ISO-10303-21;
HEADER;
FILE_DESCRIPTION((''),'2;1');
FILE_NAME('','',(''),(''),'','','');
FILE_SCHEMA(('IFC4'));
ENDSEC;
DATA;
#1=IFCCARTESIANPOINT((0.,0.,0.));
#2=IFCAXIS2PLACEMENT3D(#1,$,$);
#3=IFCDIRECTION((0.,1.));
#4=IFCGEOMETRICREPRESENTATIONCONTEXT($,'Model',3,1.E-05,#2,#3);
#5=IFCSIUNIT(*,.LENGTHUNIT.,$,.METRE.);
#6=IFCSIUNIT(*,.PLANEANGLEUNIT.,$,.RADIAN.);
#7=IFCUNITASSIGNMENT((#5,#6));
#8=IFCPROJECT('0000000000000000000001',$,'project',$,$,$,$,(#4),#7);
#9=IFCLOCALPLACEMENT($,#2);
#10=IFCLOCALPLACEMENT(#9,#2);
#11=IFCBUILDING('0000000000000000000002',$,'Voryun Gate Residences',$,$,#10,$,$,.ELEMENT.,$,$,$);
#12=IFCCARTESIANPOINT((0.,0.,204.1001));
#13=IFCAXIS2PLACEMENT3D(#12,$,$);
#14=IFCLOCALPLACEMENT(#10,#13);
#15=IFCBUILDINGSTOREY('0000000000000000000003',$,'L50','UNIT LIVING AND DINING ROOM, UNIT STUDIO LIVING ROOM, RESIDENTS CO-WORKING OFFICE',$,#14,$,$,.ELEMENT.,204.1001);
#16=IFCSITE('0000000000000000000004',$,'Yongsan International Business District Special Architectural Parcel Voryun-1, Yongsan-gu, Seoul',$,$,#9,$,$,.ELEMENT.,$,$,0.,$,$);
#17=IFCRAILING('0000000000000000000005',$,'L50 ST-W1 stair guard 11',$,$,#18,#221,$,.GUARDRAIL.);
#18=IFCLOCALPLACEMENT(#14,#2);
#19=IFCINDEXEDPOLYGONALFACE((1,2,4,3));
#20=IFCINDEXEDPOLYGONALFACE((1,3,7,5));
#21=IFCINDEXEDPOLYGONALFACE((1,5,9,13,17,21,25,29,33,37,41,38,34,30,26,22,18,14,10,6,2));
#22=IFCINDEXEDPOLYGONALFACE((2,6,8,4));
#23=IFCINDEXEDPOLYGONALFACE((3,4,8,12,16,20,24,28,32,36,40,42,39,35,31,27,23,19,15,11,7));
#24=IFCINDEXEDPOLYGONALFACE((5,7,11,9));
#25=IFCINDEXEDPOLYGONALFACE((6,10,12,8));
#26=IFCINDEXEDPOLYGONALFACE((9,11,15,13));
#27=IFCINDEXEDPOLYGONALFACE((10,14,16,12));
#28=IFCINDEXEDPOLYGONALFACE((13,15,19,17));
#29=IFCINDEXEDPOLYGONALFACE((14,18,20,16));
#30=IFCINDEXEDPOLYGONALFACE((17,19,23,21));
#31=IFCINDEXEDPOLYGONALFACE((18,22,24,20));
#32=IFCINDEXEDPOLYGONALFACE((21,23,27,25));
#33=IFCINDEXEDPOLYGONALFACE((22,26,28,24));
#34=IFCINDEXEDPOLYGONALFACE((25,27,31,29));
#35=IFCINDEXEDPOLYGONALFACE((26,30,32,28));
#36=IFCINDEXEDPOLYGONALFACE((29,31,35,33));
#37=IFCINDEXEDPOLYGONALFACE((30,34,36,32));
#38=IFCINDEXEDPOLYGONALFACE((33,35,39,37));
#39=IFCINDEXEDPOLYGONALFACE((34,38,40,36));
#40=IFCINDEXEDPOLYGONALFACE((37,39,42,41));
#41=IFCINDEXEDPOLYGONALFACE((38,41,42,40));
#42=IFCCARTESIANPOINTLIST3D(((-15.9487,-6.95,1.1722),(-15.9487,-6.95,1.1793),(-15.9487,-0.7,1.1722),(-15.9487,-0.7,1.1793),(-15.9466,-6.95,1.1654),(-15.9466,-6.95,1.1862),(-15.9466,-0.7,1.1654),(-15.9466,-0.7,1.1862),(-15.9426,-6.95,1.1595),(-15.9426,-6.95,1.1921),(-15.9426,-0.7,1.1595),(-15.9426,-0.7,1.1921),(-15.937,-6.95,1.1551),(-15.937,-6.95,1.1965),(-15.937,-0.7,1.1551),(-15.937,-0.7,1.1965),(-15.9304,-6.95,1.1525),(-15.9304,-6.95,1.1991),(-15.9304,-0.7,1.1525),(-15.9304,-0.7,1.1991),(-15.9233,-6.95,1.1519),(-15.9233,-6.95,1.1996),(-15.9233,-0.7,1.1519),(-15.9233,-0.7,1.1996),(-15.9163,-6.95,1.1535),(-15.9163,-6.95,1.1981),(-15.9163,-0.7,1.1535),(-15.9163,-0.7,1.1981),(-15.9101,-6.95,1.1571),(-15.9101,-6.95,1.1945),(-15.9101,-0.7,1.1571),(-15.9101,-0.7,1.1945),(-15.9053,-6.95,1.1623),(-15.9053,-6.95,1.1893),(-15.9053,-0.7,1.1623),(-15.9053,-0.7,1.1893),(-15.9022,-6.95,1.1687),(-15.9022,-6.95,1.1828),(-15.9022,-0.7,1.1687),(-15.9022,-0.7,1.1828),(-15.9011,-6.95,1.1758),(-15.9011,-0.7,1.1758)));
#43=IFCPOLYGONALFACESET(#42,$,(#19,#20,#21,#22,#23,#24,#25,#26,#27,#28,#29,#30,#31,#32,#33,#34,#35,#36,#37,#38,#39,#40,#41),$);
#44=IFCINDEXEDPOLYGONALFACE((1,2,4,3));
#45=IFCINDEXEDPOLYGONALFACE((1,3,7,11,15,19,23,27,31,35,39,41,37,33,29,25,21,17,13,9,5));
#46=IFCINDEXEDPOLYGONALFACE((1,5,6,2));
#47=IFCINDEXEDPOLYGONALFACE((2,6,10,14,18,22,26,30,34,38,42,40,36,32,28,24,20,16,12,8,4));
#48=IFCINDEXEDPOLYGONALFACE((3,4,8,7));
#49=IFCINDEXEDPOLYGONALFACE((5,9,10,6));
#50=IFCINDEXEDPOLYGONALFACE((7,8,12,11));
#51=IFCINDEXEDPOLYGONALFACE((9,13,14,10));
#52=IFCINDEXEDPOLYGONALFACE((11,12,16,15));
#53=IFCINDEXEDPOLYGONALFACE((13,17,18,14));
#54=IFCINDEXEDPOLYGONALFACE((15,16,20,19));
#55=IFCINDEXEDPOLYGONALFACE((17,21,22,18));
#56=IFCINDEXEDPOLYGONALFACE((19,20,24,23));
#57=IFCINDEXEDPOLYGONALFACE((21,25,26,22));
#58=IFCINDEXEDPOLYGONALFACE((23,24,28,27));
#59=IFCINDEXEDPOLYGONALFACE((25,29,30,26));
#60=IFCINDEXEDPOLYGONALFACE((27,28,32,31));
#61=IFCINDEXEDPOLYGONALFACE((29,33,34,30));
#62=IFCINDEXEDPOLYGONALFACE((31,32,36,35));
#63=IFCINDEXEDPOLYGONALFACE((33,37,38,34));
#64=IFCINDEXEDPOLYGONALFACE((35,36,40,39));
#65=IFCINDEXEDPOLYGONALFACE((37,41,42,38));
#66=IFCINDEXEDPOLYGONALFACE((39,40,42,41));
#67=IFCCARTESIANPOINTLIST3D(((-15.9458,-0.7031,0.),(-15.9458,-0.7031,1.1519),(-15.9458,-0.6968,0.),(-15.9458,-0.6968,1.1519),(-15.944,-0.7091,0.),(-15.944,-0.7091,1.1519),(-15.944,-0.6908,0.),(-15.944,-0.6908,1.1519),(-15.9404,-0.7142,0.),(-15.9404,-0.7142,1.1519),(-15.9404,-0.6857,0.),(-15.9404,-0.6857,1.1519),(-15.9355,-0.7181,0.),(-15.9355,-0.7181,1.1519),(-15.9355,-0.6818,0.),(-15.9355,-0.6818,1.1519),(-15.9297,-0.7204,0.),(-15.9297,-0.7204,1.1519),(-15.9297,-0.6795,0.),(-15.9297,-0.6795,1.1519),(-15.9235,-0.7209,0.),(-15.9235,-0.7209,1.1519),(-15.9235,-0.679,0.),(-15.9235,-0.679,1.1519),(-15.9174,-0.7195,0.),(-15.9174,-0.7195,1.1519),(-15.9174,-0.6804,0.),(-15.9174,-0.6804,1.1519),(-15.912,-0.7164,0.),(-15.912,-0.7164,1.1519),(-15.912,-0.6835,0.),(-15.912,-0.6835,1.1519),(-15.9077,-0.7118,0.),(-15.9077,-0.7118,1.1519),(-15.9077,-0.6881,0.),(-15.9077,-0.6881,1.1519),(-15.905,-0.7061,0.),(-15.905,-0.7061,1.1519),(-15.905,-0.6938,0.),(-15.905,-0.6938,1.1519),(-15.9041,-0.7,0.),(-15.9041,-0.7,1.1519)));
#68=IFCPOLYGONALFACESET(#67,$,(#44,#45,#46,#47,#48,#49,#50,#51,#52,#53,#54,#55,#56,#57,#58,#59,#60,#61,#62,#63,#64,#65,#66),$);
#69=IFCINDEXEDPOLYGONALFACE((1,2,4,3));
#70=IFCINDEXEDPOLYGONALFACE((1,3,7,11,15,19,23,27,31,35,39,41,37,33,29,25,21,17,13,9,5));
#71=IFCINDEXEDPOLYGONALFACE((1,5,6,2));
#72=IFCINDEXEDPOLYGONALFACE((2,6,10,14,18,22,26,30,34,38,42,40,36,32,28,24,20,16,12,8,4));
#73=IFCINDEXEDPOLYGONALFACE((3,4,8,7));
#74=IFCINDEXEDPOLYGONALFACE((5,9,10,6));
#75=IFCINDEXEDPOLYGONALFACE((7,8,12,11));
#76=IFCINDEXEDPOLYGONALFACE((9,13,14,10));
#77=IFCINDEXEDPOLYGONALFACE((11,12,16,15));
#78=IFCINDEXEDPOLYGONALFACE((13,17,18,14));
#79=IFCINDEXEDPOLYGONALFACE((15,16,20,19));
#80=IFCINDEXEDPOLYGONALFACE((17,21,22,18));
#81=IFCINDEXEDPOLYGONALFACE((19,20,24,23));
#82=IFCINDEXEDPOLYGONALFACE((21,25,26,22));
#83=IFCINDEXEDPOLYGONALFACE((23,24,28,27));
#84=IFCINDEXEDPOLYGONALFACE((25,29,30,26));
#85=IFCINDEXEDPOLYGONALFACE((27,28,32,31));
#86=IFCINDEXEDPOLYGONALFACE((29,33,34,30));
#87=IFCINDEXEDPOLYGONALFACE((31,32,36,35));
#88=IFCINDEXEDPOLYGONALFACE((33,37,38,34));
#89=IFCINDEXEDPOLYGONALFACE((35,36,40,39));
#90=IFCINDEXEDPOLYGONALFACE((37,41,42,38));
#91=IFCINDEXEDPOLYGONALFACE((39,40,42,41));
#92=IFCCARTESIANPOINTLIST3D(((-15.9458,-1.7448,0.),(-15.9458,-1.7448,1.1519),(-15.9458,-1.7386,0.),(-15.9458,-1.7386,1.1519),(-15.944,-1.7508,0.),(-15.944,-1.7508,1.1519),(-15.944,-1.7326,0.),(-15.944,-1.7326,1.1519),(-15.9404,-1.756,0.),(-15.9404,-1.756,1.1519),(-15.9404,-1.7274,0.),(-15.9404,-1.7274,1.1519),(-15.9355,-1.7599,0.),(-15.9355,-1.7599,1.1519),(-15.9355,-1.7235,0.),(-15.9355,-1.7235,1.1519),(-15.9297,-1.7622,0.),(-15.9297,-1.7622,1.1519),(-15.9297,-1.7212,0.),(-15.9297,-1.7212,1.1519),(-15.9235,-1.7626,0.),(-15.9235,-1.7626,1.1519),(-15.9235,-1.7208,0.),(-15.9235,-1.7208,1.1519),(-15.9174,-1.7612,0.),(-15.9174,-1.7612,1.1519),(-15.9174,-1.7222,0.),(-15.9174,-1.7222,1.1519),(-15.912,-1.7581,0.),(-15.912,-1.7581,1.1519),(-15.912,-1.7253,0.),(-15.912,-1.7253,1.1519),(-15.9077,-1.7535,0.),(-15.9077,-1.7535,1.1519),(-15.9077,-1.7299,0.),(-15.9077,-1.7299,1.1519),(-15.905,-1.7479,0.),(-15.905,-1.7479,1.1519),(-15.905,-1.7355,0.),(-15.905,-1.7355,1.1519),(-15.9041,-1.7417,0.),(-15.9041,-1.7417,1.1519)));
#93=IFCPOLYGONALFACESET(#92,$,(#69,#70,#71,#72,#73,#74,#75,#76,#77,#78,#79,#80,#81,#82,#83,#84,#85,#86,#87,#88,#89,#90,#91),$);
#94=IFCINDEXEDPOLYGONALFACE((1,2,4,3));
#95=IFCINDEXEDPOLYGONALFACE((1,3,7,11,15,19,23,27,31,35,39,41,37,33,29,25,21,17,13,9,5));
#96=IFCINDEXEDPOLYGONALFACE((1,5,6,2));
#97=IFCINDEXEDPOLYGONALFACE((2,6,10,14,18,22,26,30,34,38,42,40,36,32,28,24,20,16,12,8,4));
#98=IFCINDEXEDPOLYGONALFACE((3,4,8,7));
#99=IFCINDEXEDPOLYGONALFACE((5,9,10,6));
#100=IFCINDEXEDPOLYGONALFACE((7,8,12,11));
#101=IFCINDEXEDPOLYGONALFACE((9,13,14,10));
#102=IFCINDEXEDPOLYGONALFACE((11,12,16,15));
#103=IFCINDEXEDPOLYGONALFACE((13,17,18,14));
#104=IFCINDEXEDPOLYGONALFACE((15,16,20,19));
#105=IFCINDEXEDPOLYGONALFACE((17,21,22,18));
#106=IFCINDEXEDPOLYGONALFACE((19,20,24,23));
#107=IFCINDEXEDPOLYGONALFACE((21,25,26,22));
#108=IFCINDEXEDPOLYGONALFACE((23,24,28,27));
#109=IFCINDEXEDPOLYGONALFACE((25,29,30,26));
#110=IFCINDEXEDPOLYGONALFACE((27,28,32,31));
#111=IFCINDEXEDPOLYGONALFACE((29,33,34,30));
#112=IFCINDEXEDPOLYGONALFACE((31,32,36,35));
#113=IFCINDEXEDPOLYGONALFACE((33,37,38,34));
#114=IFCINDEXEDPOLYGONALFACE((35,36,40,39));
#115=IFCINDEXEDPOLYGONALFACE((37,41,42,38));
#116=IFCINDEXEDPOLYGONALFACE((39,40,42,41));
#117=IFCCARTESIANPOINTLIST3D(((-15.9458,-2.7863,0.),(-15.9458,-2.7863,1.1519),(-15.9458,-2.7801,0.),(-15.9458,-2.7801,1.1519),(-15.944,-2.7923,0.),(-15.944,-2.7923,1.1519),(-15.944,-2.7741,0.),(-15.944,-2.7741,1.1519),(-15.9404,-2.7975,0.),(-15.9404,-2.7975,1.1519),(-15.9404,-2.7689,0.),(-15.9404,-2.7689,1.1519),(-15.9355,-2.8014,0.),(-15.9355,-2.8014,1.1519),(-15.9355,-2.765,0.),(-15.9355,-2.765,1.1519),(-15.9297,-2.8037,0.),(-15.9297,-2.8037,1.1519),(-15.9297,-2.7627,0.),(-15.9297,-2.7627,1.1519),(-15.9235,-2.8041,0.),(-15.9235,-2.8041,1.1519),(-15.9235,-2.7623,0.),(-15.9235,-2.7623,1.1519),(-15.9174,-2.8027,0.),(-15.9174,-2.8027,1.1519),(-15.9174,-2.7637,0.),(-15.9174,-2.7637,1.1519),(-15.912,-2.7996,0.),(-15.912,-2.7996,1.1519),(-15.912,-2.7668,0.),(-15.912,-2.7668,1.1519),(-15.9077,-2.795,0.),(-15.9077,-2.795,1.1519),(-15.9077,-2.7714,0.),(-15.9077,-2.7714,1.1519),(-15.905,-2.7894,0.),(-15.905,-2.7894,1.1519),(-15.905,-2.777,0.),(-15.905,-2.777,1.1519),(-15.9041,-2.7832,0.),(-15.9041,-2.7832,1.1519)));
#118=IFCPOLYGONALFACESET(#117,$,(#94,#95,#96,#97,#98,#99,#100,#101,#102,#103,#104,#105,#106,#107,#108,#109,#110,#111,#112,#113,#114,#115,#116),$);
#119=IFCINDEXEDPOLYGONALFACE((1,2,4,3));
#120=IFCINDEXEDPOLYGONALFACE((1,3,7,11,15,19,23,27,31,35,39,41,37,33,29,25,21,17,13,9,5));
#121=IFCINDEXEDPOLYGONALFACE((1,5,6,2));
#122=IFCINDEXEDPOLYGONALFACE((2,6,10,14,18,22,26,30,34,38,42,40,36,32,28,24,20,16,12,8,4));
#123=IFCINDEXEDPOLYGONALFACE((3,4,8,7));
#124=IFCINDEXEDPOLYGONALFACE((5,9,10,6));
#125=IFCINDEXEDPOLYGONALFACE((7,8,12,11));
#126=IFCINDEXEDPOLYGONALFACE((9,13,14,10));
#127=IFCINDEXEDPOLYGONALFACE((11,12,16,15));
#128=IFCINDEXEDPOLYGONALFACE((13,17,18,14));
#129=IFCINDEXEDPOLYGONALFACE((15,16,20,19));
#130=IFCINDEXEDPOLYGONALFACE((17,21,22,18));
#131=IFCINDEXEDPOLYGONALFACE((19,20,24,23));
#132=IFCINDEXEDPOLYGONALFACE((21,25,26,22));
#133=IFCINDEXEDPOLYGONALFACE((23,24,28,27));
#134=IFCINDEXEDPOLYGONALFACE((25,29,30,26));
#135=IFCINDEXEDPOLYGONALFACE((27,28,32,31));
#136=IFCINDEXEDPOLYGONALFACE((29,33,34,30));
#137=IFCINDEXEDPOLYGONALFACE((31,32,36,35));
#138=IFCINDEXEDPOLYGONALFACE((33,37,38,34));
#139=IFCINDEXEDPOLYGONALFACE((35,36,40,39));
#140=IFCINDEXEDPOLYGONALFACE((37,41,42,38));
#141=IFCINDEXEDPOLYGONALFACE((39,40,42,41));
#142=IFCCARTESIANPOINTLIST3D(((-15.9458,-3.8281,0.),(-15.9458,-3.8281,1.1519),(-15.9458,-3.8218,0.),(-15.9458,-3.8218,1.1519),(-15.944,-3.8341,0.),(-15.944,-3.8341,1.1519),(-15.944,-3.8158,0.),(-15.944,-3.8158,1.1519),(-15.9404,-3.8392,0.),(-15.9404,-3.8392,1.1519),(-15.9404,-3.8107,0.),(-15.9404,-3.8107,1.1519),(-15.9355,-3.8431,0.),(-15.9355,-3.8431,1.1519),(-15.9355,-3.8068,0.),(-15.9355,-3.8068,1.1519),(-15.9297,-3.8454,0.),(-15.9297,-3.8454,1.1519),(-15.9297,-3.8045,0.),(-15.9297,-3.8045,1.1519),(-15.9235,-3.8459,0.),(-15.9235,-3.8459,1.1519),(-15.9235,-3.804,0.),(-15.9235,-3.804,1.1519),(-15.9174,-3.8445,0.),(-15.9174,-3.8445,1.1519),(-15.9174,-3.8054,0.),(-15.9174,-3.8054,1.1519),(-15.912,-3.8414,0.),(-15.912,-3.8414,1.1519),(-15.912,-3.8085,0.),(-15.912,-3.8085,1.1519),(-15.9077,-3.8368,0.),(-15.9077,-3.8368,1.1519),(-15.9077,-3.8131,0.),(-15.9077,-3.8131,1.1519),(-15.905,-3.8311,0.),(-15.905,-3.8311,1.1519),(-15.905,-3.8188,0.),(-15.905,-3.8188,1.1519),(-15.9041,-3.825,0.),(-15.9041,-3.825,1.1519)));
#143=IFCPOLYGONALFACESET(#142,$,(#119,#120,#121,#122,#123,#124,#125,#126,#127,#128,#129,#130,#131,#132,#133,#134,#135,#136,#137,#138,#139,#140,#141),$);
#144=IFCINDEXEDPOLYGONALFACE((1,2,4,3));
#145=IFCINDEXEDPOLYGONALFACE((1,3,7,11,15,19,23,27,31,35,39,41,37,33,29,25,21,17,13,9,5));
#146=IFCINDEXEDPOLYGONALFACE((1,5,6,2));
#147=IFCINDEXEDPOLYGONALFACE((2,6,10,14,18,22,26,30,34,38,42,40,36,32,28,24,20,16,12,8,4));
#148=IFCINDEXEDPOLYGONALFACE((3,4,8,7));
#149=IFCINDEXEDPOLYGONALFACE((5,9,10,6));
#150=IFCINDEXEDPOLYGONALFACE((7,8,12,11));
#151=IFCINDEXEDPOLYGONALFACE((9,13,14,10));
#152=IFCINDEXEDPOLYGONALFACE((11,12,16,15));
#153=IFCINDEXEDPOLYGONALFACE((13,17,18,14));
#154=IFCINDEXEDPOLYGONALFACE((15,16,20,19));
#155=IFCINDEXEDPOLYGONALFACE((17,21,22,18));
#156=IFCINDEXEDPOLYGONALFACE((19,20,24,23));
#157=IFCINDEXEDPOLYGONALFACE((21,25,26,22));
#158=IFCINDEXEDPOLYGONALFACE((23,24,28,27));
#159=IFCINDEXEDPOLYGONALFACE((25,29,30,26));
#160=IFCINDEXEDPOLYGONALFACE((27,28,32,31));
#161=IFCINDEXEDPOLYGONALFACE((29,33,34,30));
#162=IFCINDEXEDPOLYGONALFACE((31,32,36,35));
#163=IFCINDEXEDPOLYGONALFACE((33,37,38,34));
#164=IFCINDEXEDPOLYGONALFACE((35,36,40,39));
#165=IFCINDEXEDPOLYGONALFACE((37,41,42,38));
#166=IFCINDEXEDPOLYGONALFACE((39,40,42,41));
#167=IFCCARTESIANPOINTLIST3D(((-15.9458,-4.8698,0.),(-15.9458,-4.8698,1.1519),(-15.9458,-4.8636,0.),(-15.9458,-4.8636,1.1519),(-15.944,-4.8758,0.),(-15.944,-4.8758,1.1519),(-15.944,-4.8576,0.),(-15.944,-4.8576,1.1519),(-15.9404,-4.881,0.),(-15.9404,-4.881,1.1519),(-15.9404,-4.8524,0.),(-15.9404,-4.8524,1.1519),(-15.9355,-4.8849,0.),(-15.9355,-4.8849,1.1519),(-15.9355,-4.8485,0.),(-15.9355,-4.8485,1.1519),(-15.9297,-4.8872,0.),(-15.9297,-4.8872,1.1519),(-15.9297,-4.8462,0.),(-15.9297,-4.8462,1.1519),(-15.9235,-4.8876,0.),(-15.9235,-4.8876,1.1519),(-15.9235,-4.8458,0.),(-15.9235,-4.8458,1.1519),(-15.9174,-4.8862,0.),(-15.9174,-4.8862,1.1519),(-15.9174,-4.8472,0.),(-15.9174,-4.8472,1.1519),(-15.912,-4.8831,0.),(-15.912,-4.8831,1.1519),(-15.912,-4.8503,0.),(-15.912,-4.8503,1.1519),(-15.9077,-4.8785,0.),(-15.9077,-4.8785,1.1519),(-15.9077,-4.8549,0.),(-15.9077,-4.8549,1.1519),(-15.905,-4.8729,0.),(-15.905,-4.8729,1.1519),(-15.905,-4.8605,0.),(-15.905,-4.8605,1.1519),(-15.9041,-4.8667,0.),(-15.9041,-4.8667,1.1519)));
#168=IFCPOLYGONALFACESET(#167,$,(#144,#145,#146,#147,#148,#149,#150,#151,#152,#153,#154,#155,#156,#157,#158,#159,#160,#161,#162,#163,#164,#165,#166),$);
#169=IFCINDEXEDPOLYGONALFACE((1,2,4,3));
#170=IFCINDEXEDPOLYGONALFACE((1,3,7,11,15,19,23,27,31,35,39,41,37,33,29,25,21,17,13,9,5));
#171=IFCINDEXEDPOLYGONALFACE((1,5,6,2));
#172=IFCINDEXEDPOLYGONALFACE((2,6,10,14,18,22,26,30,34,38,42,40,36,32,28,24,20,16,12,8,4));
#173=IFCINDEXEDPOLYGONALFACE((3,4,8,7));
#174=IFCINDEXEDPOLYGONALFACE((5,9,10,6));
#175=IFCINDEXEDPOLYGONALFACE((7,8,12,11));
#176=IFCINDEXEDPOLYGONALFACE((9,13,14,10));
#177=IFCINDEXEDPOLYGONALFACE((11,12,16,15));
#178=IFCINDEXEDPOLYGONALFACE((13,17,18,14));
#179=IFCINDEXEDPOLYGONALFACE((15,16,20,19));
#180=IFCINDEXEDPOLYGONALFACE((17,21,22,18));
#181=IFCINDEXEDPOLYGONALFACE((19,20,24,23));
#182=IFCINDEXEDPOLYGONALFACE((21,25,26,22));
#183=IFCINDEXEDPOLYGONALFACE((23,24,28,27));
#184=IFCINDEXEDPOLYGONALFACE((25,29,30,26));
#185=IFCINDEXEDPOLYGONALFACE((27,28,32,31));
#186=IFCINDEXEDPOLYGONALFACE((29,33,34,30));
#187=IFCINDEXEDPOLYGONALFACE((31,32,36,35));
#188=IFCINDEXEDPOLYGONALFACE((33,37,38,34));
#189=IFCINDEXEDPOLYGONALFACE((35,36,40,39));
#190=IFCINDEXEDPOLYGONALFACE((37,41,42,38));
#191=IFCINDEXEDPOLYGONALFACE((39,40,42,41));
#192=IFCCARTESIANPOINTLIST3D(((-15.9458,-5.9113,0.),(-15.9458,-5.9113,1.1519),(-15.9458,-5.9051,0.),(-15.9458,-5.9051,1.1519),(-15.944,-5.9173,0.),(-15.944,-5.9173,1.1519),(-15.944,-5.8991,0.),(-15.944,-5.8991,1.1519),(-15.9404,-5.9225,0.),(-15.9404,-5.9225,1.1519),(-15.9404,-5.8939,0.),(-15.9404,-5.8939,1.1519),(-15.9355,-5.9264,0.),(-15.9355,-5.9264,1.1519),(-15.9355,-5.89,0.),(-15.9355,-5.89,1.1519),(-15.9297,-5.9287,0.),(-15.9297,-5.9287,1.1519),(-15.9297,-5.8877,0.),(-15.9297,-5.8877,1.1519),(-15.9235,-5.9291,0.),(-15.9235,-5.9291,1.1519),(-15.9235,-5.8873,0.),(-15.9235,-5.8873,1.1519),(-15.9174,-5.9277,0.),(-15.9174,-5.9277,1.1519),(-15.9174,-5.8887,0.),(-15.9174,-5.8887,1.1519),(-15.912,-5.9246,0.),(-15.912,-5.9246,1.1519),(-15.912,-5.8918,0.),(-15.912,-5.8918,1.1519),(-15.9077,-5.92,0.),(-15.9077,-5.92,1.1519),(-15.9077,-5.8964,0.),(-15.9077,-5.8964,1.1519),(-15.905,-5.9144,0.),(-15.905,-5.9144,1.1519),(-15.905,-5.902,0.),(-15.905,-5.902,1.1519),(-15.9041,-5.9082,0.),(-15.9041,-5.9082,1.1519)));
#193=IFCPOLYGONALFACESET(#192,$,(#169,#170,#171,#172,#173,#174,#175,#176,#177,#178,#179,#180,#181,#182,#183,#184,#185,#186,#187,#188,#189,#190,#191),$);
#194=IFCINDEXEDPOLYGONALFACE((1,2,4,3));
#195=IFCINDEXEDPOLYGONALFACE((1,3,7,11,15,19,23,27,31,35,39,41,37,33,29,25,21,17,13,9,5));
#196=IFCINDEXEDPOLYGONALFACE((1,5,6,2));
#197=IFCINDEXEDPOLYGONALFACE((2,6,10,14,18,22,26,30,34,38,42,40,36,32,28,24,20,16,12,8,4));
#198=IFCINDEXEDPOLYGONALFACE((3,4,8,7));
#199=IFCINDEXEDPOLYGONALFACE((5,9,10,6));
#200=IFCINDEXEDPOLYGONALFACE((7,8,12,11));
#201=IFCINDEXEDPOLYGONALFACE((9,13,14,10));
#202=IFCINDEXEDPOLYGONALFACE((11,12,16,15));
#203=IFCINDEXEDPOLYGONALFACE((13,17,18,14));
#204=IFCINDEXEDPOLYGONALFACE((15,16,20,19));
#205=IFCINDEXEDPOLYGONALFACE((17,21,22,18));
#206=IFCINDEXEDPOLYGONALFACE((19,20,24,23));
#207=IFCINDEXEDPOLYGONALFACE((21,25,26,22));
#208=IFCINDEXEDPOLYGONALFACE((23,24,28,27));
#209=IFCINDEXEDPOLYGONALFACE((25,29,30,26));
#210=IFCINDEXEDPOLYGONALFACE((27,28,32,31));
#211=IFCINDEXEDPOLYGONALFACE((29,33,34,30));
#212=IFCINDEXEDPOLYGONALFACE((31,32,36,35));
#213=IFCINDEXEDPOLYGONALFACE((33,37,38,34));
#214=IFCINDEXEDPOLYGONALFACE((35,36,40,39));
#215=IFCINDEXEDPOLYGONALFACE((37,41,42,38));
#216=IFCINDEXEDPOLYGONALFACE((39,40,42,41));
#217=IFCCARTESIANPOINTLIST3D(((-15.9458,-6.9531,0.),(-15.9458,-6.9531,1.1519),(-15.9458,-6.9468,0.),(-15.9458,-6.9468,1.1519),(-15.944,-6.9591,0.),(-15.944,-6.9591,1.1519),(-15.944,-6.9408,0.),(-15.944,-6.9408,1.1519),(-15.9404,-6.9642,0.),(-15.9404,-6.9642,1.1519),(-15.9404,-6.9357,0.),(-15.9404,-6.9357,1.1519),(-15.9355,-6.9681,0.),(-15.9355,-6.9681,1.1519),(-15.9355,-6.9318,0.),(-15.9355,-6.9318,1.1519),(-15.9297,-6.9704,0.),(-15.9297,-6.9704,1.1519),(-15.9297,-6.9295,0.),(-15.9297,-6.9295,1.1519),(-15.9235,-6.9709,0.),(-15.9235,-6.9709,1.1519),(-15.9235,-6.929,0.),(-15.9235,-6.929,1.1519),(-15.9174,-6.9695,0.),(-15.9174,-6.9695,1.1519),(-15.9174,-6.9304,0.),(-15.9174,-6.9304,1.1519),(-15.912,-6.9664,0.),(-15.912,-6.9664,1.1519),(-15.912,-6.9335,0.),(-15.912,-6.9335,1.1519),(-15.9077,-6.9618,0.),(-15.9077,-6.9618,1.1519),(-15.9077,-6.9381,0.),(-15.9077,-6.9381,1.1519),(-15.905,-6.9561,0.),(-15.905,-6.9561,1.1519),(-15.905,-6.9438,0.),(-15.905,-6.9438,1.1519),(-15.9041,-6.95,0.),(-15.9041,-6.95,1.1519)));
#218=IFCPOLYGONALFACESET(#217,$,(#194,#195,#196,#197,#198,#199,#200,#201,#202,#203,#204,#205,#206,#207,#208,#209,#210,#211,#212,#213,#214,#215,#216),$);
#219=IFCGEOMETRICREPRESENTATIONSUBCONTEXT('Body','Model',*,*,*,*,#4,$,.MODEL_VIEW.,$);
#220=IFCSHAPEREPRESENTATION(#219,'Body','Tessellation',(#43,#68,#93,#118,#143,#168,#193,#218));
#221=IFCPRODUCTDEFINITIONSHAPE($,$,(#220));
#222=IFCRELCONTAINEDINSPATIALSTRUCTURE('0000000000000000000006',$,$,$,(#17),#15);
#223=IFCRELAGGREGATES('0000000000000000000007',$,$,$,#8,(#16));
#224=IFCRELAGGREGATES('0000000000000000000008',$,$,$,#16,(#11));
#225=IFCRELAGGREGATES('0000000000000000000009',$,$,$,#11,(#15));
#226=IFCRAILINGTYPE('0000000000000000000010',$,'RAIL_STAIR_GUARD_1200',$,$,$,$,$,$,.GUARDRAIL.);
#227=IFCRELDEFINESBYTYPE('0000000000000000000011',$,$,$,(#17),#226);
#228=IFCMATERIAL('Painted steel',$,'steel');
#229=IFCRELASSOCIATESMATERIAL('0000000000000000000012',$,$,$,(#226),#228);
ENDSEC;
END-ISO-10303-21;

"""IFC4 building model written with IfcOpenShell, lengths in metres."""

from ifc_helpers import new_model, si_unit, direction, frame, origin, origin_2d, place, context, subcontext, project, spatial, circle, extrude, material, type_object, element, save


model = new_model("IFC4")

# Units and contexts
model_context = context("Model", 3, precision=1e-05, world=origin(), true_north=direction((0.0, 1.0)))
body_context = subcontext(model_context, "Body", "Model", "MODEL_VIEW")
ifc_project = project(units=[si_unit("LENGTHUNIT", "METRE"), si_unit("PLANEANGLEUNIT", "RADIAN")], contexts=[model_context])

# Site, building, storey
site_placement = place(None, origin())
site = spatial("IfcSite", under=ifc_project, at=site_placement, Name="Yongsan International Business District Special Architectural Parcel Voryun-1, Yongsan-gu, Seoul", CompositionType="ELEMENT", RefElevation=0.0)
building_placement = place(site_placement, origin())
building = spatial("IfcBuilding", under=site, at=building_placement, Name="Voryun Gate Residences", CompositionType="ELEMENT")
storey_placement = place(building_placement, frame((0.0, 0.0, 204.1001)))
storey = spatial("IfcBuildingStorey", under=building, at=storey_placement, Name="L50", Description="UNIT LIVING AND DINING ROOM, UNIT STUDIO LIVING ROOM, RESIDENTS CO-WORKING OFFICE", CompositionType="ELEMENT", Elevation=204.1001)

# Railing
ifc_material_1 = material(Name="Painted steel", Category="steel")
railing_type = type_object("IfcRailingType", Name="RAIL_STAIR_GUARD_1200", PredefinedType="GUARDRAIL", material=ifc_material_1)
railing_1_placement = place(storey_placement, frame((-15.925, -0.7, 0.0)))
element("IfcRailing", 1, at=railing_1_placement, inside=storey, type_object=railing_type, Name="L50 ST-W1 stair guard 11", PredefinedType="GUARDRAIL", context=body_context, shape_type="SweptSolid", body=[
    extrude(circle(Radius=0.0239, at=origin_2d()), frame((0.0, 0.0, 1.1758), z_axis=(0.0, -1.0, 0.0), x_axis=(1.0, 0.0, 0.0)), (0.0, 0.0, 1.0), 6.25),
    extrude(circle(Radius=0.021, at=origin_2d()), origin(), (0.0, 0.0, 1.0), 1.1519),
    extrude(circle(Radius=0.021, at=origin_2d()), frame((0.0, -1.0417, 0.0)), (0.0, 0.0, 1.0), 1.1519),
    extrude(circle(Radius=0.021, at=origin_2d()), frame((0.0, -2.0833, 0.0)), (0.0, 0.0, 1.0), 1.1519),
    extrude(circle(Radius=0.021, at=origin_2d()), frame((0.0, -3.125, 0.0)), (0.0, 0.0, 1.0), 1.1519),
    extrude(circle(Radius=0.021, at=origin_2d()), frame((0.0, -4.1667, 0.0)), (0.0, 0.0, 1.0), 1.1519),
    extrude(circle(Radius=0.021, at=origin_2d()), frame((0.0, -5.2083, 0.0)), (0.0, 0.0, 1.0), 1.1519),
    extrude(circle(Radius=0.021, at=origin_2d()), frame((0.0, -6.25, 0.0)), (0.0, 0.0, 1.0), 1.1519),
])

save(model, "model.ifc")
